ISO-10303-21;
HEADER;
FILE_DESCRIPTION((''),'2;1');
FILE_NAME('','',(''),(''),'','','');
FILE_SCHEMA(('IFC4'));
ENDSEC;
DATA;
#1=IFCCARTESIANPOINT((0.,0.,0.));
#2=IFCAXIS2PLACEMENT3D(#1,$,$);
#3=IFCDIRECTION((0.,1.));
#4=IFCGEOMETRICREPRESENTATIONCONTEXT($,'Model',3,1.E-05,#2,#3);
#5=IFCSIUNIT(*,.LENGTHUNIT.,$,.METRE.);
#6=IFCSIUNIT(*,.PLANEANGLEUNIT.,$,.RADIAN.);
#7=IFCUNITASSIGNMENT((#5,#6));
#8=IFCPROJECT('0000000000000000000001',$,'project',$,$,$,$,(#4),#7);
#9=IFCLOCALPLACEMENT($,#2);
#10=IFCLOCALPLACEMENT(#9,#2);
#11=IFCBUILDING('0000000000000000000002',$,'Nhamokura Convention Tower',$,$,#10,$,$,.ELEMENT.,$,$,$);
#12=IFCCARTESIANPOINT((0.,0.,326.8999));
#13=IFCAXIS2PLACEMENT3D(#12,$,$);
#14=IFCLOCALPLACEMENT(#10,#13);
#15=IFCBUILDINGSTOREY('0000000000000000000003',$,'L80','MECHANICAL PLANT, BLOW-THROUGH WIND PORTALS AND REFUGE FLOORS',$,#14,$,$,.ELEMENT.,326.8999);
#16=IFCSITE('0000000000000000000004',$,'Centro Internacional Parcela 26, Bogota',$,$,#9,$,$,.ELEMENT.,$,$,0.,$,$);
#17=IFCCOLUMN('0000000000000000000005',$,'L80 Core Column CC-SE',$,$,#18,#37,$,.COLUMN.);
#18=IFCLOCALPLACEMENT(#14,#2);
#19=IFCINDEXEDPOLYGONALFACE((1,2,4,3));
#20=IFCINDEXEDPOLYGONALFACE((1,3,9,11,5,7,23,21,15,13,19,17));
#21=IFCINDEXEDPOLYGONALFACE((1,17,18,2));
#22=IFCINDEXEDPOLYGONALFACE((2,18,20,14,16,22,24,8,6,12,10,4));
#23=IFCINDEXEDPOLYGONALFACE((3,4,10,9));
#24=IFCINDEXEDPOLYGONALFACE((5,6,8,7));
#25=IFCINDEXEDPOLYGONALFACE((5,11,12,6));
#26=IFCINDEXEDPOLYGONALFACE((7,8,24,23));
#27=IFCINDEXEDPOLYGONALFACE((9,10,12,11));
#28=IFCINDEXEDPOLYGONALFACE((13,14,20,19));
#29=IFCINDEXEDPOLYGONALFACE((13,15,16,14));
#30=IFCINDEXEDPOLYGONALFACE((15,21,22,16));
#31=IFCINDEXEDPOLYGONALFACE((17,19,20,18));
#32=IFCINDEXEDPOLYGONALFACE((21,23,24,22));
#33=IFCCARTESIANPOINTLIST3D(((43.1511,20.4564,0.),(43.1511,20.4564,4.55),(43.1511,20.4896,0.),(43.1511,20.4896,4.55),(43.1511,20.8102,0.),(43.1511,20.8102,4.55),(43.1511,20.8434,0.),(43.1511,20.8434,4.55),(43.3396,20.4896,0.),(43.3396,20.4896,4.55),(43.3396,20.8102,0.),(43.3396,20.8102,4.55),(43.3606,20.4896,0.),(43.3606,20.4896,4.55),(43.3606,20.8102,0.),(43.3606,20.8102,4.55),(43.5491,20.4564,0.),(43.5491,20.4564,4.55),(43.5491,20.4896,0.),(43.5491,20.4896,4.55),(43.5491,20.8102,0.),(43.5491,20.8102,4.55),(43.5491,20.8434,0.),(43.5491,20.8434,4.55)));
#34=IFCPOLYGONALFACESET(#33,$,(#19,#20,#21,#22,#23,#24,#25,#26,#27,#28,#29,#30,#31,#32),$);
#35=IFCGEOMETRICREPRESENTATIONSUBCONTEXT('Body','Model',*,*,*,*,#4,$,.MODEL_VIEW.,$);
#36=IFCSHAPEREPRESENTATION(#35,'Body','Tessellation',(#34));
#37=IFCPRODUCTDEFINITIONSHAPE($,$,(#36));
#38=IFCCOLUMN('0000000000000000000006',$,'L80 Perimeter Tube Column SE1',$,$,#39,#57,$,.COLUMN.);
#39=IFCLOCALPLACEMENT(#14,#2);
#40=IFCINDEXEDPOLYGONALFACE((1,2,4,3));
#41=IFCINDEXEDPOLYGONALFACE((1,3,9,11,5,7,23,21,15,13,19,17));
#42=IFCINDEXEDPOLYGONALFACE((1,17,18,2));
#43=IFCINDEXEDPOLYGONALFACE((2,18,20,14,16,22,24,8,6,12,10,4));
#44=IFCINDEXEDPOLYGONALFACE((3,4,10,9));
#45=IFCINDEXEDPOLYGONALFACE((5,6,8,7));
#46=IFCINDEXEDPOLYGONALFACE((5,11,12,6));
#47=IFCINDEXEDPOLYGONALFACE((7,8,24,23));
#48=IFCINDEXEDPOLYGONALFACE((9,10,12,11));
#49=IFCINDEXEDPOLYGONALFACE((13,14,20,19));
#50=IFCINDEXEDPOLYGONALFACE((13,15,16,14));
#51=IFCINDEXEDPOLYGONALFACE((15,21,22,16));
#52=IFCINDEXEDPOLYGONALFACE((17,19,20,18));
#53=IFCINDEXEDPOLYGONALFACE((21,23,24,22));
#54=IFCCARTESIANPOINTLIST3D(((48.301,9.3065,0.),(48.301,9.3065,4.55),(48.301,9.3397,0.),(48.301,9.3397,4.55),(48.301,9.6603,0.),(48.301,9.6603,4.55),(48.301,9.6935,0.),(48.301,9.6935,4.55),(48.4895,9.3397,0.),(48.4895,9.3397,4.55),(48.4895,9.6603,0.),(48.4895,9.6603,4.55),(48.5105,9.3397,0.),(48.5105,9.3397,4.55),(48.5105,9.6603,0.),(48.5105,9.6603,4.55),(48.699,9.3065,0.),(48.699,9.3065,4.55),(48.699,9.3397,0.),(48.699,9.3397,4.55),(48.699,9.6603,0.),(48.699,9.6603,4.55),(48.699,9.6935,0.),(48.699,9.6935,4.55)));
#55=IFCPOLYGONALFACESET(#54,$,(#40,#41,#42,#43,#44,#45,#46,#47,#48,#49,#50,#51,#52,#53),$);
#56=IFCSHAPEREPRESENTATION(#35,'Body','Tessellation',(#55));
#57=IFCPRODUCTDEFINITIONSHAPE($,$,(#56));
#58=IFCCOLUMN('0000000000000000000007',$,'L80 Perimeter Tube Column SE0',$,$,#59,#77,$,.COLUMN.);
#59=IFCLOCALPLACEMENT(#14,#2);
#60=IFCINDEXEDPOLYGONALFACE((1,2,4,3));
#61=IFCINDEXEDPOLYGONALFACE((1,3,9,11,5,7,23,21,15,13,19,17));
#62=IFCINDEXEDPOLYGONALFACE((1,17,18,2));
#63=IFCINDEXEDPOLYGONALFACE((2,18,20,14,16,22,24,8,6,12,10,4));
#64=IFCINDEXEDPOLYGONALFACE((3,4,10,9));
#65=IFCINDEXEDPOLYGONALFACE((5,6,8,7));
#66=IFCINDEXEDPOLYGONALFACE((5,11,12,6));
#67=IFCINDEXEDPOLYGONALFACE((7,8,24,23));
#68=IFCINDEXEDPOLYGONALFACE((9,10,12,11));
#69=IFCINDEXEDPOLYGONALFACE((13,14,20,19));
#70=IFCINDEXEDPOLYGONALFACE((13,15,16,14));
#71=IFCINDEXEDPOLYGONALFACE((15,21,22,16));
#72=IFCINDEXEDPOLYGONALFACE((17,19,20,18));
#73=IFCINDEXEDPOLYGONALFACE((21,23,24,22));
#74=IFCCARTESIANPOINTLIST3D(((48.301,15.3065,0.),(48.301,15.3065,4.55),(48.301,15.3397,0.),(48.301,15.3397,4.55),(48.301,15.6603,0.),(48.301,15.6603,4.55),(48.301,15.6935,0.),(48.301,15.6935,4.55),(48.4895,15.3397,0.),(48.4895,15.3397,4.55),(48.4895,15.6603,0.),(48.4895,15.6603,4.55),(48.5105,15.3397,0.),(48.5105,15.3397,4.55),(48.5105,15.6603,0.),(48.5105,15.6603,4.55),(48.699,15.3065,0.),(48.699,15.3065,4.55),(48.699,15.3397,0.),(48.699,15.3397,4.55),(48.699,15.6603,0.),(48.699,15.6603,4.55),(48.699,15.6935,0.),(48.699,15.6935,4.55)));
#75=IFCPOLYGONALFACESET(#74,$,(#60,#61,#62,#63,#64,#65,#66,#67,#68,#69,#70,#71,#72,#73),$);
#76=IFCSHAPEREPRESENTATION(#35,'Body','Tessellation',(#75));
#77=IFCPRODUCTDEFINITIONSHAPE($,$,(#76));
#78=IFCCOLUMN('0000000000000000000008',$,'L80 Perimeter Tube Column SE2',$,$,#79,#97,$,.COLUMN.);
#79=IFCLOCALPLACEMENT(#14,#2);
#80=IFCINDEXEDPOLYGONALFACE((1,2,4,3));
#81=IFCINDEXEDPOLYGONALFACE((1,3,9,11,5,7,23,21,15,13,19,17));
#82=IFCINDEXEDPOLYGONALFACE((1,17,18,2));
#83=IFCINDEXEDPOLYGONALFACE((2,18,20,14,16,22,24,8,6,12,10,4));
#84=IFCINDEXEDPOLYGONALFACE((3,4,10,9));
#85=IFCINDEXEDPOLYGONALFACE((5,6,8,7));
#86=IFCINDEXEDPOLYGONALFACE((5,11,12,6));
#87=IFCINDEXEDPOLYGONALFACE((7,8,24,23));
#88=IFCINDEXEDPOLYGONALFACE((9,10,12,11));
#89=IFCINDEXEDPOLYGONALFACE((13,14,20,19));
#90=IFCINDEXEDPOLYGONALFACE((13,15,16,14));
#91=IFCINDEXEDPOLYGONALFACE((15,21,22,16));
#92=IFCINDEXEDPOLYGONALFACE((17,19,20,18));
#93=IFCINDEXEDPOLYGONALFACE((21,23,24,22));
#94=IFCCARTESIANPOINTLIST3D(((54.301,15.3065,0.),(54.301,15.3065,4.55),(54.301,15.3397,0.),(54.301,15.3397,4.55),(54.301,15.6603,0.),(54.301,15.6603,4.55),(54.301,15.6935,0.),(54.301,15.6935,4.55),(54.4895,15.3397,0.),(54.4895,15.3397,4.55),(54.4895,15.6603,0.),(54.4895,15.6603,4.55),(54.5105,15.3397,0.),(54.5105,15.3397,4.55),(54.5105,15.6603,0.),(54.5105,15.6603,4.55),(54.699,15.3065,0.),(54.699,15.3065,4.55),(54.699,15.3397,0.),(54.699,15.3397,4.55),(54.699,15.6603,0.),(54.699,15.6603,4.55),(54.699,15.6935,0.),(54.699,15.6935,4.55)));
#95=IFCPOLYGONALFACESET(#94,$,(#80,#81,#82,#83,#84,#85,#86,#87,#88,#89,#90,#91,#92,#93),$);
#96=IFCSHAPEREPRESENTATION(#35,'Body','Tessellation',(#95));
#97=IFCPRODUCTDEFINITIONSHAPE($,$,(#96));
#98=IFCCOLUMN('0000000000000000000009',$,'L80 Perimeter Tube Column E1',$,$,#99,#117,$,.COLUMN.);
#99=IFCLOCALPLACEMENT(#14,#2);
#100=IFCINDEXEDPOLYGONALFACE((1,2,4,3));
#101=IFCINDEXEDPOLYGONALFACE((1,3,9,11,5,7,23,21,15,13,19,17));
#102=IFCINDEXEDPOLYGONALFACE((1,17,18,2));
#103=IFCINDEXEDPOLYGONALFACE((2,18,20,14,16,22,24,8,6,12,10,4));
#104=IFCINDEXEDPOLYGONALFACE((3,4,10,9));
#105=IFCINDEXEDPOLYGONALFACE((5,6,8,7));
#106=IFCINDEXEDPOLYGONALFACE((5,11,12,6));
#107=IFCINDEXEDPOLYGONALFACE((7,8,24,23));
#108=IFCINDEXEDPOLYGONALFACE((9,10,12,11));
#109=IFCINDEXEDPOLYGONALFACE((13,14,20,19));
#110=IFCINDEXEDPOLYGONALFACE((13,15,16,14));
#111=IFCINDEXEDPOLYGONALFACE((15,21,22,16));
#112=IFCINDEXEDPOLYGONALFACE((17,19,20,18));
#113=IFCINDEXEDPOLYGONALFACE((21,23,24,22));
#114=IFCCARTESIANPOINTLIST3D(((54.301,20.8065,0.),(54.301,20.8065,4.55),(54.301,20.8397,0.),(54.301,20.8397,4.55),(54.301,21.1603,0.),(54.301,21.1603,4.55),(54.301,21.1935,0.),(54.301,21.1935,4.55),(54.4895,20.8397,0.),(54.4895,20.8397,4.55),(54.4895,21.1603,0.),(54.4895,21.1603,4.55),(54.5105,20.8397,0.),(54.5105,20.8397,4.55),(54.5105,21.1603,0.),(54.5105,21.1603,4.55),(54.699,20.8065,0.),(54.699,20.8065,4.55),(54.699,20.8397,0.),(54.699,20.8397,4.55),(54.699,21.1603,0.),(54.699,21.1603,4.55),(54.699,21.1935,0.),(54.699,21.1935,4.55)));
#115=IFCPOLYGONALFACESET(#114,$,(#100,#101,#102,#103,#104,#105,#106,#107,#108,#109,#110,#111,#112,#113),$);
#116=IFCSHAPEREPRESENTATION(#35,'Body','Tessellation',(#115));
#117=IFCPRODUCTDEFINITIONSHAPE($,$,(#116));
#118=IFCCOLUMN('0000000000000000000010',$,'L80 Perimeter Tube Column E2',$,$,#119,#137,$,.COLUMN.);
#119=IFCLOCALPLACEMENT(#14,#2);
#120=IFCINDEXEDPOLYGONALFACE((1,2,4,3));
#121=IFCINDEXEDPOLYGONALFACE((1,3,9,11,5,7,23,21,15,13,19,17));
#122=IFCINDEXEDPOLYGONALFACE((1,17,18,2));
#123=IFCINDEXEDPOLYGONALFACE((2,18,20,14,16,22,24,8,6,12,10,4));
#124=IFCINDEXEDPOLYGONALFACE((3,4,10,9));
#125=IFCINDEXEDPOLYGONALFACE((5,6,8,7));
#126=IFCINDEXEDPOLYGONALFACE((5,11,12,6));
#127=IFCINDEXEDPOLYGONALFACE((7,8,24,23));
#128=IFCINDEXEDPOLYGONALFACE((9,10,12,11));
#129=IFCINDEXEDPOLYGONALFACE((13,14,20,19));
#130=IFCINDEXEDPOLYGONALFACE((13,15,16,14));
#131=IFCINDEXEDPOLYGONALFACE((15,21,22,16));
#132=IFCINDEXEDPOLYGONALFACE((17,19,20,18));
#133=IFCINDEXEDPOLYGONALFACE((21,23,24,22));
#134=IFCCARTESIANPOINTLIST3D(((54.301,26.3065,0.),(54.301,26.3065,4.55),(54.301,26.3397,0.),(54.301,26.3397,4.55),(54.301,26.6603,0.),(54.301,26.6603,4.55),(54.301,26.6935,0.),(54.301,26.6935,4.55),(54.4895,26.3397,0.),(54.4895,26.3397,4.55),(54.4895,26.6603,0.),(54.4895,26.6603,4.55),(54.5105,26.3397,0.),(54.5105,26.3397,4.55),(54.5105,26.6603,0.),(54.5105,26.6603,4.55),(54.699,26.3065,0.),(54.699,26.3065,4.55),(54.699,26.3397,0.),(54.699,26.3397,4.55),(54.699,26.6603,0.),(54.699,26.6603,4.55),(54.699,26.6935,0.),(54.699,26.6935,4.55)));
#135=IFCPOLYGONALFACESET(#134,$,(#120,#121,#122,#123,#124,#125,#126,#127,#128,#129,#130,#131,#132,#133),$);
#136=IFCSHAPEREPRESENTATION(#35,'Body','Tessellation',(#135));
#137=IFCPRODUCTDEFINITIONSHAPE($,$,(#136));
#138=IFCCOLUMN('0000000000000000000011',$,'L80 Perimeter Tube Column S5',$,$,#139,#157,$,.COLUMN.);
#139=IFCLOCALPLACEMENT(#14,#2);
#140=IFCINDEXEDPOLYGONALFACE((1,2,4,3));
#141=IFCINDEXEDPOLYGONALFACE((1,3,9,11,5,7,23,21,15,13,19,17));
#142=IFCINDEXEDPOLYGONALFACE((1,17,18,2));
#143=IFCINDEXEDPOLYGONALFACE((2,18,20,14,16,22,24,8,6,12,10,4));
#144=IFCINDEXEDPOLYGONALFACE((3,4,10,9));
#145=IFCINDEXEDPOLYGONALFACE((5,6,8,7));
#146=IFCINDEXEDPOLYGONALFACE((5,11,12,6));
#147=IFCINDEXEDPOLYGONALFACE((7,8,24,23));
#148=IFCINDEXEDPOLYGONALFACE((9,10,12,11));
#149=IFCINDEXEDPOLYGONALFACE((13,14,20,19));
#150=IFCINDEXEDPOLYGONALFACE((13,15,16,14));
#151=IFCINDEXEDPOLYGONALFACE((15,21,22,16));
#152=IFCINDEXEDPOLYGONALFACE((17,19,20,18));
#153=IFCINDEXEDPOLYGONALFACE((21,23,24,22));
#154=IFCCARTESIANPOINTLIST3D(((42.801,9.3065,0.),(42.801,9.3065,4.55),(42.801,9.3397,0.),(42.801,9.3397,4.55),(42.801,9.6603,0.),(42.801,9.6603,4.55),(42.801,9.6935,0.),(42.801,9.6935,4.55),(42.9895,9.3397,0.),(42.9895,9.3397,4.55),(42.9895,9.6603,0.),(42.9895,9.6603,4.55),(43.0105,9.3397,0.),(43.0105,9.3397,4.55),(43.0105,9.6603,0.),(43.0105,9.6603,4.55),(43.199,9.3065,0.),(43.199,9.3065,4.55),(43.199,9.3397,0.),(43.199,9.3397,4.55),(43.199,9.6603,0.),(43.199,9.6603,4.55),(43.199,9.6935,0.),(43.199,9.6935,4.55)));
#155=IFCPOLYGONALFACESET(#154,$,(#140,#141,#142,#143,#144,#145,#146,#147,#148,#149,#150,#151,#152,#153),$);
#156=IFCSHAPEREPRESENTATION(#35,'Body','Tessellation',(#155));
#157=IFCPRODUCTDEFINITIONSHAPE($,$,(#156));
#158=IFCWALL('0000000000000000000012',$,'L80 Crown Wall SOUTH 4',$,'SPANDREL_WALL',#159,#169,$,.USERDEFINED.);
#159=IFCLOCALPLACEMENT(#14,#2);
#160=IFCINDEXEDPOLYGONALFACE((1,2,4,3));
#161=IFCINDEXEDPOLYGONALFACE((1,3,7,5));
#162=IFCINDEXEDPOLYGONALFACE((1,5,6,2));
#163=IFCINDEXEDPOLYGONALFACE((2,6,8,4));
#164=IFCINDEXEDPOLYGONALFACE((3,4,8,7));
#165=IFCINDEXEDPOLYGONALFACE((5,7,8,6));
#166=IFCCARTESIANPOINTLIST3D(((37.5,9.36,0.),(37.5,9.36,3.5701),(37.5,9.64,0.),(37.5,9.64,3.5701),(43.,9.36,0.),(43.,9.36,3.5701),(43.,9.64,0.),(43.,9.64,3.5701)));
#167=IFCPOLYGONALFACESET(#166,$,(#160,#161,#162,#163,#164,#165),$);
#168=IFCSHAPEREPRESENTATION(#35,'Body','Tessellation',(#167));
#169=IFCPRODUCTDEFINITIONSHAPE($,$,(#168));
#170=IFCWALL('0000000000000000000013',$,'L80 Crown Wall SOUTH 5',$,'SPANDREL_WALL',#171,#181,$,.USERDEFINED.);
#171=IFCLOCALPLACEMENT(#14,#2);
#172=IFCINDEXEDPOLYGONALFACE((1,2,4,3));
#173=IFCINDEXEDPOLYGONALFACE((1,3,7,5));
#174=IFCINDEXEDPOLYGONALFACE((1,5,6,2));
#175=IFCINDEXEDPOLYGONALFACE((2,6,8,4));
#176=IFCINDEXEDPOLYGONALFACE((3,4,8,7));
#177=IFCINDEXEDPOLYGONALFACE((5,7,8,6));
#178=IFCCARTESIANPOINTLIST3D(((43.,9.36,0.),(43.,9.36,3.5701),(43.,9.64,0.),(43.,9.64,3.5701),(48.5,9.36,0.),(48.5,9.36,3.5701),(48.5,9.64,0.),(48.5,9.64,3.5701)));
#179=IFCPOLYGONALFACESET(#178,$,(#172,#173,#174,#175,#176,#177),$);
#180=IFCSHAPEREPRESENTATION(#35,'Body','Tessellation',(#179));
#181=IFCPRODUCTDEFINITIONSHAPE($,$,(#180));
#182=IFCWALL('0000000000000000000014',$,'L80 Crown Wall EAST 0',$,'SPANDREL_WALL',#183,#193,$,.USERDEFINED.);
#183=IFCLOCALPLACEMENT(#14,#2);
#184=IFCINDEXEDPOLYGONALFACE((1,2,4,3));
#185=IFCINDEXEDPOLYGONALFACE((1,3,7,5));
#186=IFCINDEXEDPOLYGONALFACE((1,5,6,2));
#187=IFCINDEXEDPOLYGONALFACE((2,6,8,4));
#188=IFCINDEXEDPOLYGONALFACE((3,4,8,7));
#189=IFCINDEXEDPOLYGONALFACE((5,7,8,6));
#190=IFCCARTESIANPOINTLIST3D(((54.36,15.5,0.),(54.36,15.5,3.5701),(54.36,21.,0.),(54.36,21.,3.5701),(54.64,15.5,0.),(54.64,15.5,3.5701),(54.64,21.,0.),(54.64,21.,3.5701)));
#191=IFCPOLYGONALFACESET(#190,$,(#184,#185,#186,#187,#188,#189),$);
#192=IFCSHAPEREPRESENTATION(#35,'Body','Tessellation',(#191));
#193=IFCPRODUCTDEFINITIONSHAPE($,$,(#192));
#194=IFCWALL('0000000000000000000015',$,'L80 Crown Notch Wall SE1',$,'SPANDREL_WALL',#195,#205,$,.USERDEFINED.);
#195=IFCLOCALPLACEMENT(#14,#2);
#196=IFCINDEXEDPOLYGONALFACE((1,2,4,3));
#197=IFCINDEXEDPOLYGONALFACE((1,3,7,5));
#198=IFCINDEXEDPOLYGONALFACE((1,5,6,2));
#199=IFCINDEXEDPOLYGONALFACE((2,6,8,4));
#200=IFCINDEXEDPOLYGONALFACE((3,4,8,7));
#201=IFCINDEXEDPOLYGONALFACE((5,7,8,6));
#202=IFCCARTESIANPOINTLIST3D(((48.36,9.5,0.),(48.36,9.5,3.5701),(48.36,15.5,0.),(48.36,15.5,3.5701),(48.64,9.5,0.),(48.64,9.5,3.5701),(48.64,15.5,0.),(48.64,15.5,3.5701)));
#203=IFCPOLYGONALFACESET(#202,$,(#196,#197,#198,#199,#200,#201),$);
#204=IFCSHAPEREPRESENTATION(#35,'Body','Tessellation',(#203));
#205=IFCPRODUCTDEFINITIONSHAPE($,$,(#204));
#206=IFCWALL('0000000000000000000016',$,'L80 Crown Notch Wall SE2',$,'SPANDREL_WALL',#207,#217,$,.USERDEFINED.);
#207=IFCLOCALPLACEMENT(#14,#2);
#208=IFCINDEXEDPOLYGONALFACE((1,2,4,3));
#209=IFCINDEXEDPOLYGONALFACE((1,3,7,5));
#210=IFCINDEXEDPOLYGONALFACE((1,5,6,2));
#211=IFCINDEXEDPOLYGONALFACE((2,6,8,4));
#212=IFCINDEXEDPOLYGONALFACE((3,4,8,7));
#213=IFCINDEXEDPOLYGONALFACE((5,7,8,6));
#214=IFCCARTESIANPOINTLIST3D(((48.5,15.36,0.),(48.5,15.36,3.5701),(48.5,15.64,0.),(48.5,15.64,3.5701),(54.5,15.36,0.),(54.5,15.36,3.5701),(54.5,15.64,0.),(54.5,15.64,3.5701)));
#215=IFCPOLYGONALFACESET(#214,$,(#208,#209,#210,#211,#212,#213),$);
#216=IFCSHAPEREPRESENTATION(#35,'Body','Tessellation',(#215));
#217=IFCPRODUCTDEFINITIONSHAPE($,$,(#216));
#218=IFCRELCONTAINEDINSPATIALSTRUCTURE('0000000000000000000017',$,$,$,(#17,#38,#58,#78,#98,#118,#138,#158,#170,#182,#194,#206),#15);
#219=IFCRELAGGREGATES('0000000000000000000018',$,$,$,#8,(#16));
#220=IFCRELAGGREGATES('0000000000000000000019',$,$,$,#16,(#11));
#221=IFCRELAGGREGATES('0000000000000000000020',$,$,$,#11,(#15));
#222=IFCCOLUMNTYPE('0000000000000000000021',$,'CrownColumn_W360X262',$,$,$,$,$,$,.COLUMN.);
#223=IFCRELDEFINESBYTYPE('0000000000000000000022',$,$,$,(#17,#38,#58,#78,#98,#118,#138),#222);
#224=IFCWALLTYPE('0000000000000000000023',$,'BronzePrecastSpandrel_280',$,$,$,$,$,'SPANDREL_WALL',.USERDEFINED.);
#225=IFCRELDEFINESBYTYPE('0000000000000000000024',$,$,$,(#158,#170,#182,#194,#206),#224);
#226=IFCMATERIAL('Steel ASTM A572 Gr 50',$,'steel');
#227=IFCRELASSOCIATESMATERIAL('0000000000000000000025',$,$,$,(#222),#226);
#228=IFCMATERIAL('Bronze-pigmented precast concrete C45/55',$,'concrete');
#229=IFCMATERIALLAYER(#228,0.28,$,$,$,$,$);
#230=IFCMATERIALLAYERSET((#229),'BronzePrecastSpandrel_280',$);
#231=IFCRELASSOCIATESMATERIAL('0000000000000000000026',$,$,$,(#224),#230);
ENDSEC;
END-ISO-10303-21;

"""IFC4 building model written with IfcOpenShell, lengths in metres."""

from ifc_helpers import new_model, si_unit, direction, frame, frame_2d, origin, origin_2d, place, context, subcontext, project, spatial, rectangle, i_section, extrude, material, layer, layer_set, material_profile, profile_set, type_object, element, save


model = new_model("IFC4")

# Units and contexts
model_context = context("Model", 3, precision=1e-05, world=origin(), true_north=direction((0.0, 1.0)))
body_context = subcontext(model_context, "Body", "Model", "MODEL_VIEW")
ifc_project = project(units=[si_unit("LENGTHUNIT", "METRE"), si_unit("PLANEANGLEUNIT", "RADIAN")], contexts=[model_context])

# Site, building, storey
site_placement = place(None, origin())
site = spatial("IfcSite", under=ifc_project, at=site_placement, Name="Centro Internacional Parcela 26, Bogota", CompositionType="ELEMENT", RefElevation=0.0)
building_placement = place(site_placement, origin())
building = spatial("IfcBuilding", under=site, at=building_placement, Name="Nhamokura Convention Tower", CompositionType="ELEMENT")
storey_placement = place(building_placement, frame((0.0, 0.0, 326.8999)))
storey = spatial("IfcBuildingStorey", under=building, at=storey_placement, Name="L80", Description="MECHANICAL PLANT, BLOW-THROUGH WIND PORTALS AND REFUGE FLOORS", CompositionType="ELEMENT", Elevation=326.8999)

# Columns
ifc_material_1 = material(Name="Steel ASTM A572 Gr 50", Category="steel")
ifc_material_profile = material_profile(ifc_material_1, i_section(OverallWidth=0.3979, OverallDepth=0.387, WebThickness=0.021, FlangeThickness=0.0332, at=origin_2d()))
ifc_profile_set = profile_set([ifc_material_profile], Name="Steel ASTM A572 Gr 50")
column_type = type_object("IfcColumnType", Name="CrownColumn_W360X262", PredefinedType="COLUMN", material=ifc_profile_set)
for number, where, z_axis, x_axis, name in (
    (1, (43.3501, 20.6499, 0.0), (0.0, 0.0, 1.0), (1.0, 0.0, 0.0), "L80 Core Column CC-SE"),
    (2, (48.5, 9.5, 0.0), (0.0, 0.0, 1.0), (1.0, 0.0, 0.0), "L80 Perimeter Tube Column SE1"),
    (3, (48.5, 15.5, 0.0), (0.0, 0.0, 1.0), (1.0, 0.0, 0.0), "L80 Perimeter Tube Column SE0"),
    (4, (54.5, 15.5, 0.0), (0.0, 0.0, 1.0), (1.0, 0.0, 0.0), "L80 Perimeter Tube Column SE2"),
    (5, (54.5, 21.0, 0.0), (0.0, 0.0, 1.0), (1.0, 0.0, 0.0), "L80 Perimeter Tube Column E1"),
    (6, (54.5, 26.5, 0.0), (0.0, 0.0, 1.0), (1.0, 0.0, 0.0), "L80 Perimeter Tube Column E2"),
    (7, (43.0, 9.5, 0.0), (0.0, 0.0, 1.0), (1.0, 0.0, 0.0), "L80 Perimeter Tube Column S5"),
):
    element("IfcColumn", number, at=place(storey_placement, frame(where, z_axis=z_axis, x_axis=x_axis)), inside=storey, type_object=column_type, Name=name, PredefinedType="COLUMN", context=body_context, shape_type="SweptSolid", body=[
        extrude(i_section(OverallWidth=0.3979, OverallDepth=0.387, WebThickness=0.021, FlangeThickness=0.0332, at=origin_2d()), origin(), (0.0, 0.0, 1.0), 4.55),
    ])

# Walls
ifc_material_2 = material(Name="Bronze-pigmented precast concrete C45/55", Category="concrete")
ifc_layer_1 = layer(ifc_material_2, 0.28)
ifc_layer_set_1 = layer_set([ifc_layer_1], Name="BronzePrecastSpandrel_280")
wall_type_1 = type_object("IfcWallType", Name="BronzePrecastSpandrel_280", ElementType="SPANDREL_WALL", PredefinedType="USERDEFINED", material=ifc_layer_set_1)
for number, where, z_axis, x_axis, name in (
    (8, (43.0, 9.5, 0.0), (0.0, 0.0, 1.0), (-1.0, 0.0, 0.0), "L80 Crown Wall SOUTH 4"),
    (9, (48.5, 9.5, 0.0), (0.0, 0.0, 1.0), (-1.0, 0.0, 0.0), "L80 Crown Wall SOUTH 5"),
    (10, (54.5, 21.0, 0.0), (0.0, 0.0, 1.0), (0.0, -1.0, 0.0), "L80 Crown Wall EAST 0"),
):
    element("IfcWall", number, at=place(storey_placement, frame(where, z_axis=z_axis, x_axis=x_axis)), inside=storey, type_object=wall_type_1, Name=name, ObjectType="SPANDREL_WALL", PredefinedType="USERDEFINED", context=body_context, shape_type="SweptSolid", body=[
        extrude(rectangle(XDim=5.5, YDim=0.28, at=frame_2d((2.75, 0.0))), origin(), (0.0, 0.0, 1.0), 3.5701),
    ])
for number, where, z_axis, x_axis, name in (
    (11, (48.5, 15.5, 0.0), (0.0, 0.0, 1.0), (0.0, -1.0, 0.0), "L80 Crown Notch Wall SE1"),
    (12, (54.5, 15.5, 0.0), (0.0, 0.0, 1.0), (-1.0, 0.0, 0.0), "L80 Crown Notch Wall SE2"),
):
    element("IfcWall", number, at=place(storey_placement, frame(where, z_axis=z_axis, x_axis=x_axis)), inside=storey, type_object=wall_type_1, Name=name, ObjectType="SPANDREL_WALL", PredefinedType="USERDEFINED", context=body_context, shape_type="SweptSolid", body=[
        extrude(rectangle(XDim=6.0, YDim=0.28, at=frame_2d((3.0, 0.0))), origin(), (0.0, 0.0, 1.0), 3.5701),
    ])

save(model, "model.ifc")
